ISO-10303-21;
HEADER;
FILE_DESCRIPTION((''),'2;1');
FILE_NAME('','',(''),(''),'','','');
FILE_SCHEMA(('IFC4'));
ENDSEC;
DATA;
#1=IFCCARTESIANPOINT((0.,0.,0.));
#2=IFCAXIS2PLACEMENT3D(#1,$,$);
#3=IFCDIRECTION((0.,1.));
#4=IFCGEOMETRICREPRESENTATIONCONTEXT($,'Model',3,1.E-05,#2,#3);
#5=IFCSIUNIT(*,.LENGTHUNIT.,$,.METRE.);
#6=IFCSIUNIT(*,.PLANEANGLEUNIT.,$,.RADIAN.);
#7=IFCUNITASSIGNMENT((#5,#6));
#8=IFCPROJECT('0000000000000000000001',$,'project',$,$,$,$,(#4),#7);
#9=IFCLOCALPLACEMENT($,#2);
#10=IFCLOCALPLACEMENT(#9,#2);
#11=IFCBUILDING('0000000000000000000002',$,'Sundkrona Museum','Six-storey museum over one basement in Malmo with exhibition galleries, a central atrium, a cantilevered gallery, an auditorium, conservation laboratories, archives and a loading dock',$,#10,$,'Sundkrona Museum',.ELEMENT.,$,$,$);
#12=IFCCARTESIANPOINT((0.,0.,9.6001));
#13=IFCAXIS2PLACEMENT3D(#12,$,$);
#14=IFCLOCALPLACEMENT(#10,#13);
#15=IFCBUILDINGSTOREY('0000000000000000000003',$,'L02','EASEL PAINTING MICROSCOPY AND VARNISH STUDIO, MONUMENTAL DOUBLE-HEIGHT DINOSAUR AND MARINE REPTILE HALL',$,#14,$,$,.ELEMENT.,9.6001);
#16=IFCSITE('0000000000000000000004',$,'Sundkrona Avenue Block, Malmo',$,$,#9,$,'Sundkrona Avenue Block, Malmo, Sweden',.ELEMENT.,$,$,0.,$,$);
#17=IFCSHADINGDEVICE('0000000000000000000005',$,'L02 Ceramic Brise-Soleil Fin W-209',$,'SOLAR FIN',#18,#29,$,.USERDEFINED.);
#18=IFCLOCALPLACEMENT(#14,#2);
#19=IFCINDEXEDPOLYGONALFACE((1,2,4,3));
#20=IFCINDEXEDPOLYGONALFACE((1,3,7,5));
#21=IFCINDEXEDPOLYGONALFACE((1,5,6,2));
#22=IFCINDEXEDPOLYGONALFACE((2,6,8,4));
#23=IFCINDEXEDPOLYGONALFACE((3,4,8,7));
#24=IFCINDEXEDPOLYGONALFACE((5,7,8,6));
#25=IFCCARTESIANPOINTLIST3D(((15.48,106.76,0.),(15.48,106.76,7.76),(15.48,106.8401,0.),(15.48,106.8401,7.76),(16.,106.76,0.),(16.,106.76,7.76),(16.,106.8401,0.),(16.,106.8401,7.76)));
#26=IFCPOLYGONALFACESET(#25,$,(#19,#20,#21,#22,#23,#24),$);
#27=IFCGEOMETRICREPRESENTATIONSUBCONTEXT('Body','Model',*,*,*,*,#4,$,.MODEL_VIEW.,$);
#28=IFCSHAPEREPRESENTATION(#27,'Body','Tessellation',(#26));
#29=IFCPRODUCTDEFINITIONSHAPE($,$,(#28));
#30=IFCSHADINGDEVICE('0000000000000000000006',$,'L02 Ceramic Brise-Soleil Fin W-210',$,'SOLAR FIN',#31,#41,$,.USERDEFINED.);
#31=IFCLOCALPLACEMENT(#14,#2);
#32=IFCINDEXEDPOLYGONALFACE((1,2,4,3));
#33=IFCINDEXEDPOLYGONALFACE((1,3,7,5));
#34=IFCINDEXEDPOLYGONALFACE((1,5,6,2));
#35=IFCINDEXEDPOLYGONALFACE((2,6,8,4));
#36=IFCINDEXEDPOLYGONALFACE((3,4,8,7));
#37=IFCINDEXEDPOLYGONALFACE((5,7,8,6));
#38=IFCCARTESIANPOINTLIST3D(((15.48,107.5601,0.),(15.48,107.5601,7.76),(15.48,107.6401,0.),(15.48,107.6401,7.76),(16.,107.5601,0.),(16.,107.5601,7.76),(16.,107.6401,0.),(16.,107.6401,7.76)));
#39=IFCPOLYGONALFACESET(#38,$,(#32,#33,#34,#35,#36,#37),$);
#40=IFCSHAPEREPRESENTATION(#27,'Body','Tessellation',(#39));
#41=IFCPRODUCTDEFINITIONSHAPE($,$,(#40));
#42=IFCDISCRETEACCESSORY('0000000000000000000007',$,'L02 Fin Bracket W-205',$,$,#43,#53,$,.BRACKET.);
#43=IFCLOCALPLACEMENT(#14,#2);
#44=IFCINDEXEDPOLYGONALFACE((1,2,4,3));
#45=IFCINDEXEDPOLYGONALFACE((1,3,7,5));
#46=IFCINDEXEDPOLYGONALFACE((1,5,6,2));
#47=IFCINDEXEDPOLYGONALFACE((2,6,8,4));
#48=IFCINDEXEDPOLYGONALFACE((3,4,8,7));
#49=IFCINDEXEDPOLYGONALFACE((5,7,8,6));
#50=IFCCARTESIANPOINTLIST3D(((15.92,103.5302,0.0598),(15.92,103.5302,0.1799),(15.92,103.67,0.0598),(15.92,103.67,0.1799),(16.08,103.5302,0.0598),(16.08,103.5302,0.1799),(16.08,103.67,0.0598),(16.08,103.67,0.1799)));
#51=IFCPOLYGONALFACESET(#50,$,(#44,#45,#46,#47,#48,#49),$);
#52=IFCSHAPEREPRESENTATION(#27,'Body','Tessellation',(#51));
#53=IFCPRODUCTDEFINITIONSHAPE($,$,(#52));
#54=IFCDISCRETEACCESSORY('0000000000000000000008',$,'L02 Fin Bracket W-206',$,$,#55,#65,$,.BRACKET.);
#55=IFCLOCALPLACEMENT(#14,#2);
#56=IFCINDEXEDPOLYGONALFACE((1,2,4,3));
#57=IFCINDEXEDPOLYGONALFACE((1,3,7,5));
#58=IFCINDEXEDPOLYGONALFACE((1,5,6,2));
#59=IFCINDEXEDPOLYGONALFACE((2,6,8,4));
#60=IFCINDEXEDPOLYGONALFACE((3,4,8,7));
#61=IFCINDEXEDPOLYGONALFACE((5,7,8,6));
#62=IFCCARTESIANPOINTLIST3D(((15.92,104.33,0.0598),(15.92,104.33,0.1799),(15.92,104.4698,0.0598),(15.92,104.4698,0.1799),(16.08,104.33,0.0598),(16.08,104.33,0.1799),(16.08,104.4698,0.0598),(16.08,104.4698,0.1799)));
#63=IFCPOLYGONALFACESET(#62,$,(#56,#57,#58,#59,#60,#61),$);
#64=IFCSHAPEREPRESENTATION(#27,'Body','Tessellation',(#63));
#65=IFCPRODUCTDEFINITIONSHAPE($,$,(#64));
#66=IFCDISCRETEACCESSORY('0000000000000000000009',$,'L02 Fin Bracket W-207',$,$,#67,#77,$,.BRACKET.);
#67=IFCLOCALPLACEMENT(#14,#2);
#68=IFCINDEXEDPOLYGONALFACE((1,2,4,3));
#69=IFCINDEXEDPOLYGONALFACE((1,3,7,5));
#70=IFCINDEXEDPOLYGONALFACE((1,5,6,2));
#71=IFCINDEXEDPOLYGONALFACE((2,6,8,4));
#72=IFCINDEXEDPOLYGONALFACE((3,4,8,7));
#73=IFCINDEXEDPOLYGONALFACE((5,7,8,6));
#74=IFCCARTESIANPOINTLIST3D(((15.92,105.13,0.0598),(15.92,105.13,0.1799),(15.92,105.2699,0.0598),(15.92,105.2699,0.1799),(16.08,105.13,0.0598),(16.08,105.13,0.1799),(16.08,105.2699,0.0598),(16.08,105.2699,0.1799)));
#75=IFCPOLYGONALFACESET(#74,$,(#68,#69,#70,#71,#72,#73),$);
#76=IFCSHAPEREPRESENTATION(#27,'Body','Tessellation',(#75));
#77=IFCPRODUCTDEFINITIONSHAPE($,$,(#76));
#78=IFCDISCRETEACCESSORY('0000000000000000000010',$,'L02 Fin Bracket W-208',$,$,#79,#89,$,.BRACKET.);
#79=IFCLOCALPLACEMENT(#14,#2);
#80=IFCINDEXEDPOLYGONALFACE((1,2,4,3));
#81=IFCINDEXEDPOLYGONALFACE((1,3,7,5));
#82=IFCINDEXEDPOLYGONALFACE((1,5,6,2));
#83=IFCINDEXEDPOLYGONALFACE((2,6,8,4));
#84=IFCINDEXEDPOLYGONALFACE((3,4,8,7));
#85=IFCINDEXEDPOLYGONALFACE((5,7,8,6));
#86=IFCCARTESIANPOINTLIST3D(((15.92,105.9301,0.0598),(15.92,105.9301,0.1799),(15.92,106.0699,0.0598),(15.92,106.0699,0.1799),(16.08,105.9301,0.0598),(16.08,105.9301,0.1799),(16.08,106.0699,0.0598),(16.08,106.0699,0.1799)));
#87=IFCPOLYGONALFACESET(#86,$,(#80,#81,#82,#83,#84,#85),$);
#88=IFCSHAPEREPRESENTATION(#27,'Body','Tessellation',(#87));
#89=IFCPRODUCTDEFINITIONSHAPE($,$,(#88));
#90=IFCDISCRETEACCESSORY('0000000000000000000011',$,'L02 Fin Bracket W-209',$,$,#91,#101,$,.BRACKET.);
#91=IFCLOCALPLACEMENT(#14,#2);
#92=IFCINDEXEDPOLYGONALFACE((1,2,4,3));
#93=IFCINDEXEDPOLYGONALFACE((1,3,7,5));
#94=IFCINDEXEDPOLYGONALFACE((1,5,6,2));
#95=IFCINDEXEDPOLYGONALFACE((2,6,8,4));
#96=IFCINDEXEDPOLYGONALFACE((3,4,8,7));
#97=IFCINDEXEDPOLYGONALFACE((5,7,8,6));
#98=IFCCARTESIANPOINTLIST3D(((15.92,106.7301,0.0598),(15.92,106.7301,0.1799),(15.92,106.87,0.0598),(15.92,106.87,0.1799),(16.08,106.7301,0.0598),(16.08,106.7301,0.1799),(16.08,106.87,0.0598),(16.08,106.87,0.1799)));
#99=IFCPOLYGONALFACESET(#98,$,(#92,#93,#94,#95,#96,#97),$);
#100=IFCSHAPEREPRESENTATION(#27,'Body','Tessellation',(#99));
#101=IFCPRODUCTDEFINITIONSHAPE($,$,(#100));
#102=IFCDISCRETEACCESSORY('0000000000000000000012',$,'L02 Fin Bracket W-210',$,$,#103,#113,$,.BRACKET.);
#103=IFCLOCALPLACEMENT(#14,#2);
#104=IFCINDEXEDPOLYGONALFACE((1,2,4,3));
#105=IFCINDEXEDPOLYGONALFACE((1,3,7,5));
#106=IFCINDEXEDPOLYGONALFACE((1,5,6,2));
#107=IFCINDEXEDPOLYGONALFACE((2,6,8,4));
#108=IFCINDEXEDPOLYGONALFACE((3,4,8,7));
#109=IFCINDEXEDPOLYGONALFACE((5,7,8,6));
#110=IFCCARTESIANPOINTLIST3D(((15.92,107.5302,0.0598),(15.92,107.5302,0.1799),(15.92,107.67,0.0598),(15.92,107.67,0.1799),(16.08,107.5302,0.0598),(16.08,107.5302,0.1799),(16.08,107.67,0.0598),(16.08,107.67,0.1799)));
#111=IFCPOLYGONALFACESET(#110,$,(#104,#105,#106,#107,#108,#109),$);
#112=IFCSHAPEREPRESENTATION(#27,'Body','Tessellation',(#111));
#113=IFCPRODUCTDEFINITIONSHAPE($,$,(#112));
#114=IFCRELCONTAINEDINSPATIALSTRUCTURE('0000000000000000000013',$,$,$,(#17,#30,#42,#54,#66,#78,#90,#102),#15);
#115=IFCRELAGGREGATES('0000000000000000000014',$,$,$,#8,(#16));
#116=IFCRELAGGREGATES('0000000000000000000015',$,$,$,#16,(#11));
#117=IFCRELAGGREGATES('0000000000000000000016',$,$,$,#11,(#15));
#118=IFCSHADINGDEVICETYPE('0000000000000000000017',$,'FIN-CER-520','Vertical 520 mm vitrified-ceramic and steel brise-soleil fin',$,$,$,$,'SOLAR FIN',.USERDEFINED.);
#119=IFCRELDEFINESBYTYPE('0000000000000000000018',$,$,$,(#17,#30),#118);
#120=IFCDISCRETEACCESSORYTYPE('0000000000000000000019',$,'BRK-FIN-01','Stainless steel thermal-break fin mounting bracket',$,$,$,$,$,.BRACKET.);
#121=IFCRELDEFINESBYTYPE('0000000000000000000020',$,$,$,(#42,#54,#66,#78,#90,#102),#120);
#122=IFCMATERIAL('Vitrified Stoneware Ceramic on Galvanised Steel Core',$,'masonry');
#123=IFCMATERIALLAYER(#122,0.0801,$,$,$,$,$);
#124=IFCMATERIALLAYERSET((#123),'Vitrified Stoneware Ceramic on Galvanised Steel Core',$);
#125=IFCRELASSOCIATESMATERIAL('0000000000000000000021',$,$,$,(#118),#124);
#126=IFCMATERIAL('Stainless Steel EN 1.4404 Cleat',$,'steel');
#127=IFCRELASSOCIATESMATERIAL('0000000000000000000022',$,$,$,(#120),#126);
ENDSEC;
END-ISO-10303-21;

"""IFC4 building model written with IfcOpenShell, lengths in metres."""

from ifc_helpers import new_model, si_unit, direction, frame, origin, origin_2d, place, context, subcontext, project, spatial, rectangle, extrude, material, layer, layer_set, type_object, element, save


model = new_model("IFC4")

# Units and contexts
model_context = context("Model", 3, precision=1e-05, world=origin(), true_north=direction((0.0, 1.0)))
body_context = subcontext(model_context, "Body", "Model", "MODEL_VIEW")
ifc_project = project(units=[si_unit("LENGTHUNIT", "METRE"), si_unit("PLANEANGLEUNIT", "RADIAN")], contexts=[model_context])

# Site, building, storey
site_placement = place(None, origin())
site = spatial("IfcSite", under=ifc_project, at=site_placement, Name="Sundkrona Avenue Block, Malmo", LongName="Sundkrona Avenue Block, Malmo, Sweden", CompositionType="ELEMENT", RefElevation=0.0)
building_placement = place(site_placement, origin())
building = spatial("IfcBuilding", under=site, at=building_placement, Name="Sundkrona Museum", Description="Six-storey museum over one basement in Malmo with exhibition galleries, a central atrium, a cantilevered gallery, an auditorium, conservation laboratories, archives and a loading dock", LongName="Sundkrona Museum", CompositionType="ELEMENT")
storey_placement = place(building_placement, frame((0.0, 0.0, 9.6001)))
storey = spatial("IfcBuildingStorey", under=building, at=storey_placement, Name="L02", Description="EASEL PAINTING MICROSCOPY AND VARNISH STUDIO, MONUMENTAL DOUBLE-HEIGHT DINOSAUR AND MARINE REPTILE HALL", CompositionType="ELEMENT", Elevation=9.6001)

# Shading devices
ifc_material_1 = material(Name="Vitrified Stoneware Ceramic on Galvanised Steel Core", Category="masonry")
ifc_layer_1 = layer(ifc_material_1, 0.0801)
ifc_layer_set_1 = layer_set([ifc_layer_1], Name="Vitrified Stoneware Ceramic on Galvanised Steel Core")
shading_device_type = type_object("IfcShadingDeviceType", Name="FIN-CER-520", Description="Vertical 520 mm vitrified-ceramic and steel brise-soleil fin", ElementType="SOLAR FIN", PredefinedType="USERDEFINED", material=ifc_layer_set_1)
for number, where, z_axis, x_axis, name in (
    (1, (15.74, 106.8, 0.0), (0.0, 0.0, 1.0), (1.0, 0.0, 0.0), "L02 Ceramic Brise-Soleil Fin W-209"),
    (2, (15.74, 107.6001, 0.0), (0.0, 0.0, 1.0), (1.0, 0.0, 0.0), "L02 Ceramic Brise-Soleil Fin W-210"),
):
    element("IfcShadingDevice", number, at=place(storey_placement, frame(where, z_axis=z_axis, x_axis=x_axis)), inside=storey, type_object=shading_device_type, Name=name, ObjectType="SOLAR FIN", PredefinedType="USERDEFINED", context=body_context, shape_type="SweptSolid", body=[
        extrude(rectangle(XDim=0.52, YDim=0.0801, at=origin_2d()), origin(), (0.0, 0.0, 1.0), 7.76),
    ])

# Discrete accessories
ifc_material_2 = material(Name="Stainless Steel EN 1.4404 Cleat", Category="steel")
discrete_accessory_type = type_object("IfcDiscreteAccessoryType", Name="BRK-FIN-01", Description="Stainless steel thermal-break fin mounting bracket", PredefinedType="BRACKET", material=ifc_material_2)
for number, where, z_axis, x_axis, name in (
    (3, (16.0, 103.6001, 0.0598), (0.0, 0.0, 1.0), (1.0, 0.0, 0.0), "L02 Fin Bracket W-205"),
    (4, (16.0, 104.3999, 0.0598), (0.0, 0.0, 1.0), (1.0, 0.0, 0.0), "L02 Fin Bracket W-206"),
    (5, (16.0, 105.2, 0.0598), (0.0, 0.0, 1.0), (1.0, 0.0, 0.0), "L02 Fin Bracket W-207"),
    (6, (16.0, 106.0, 0.0598), (0.0, 0.0, 1.0), (1.0, 0.0, 0.0), "L02 Fin Bracket W-208"),
    (7, (16.0, 106.8, 0.0598), (0.0, 0.0, 1.0), (1.0, 0.0, 0.0), "L02 Fin Bracket W-209"),
    (8, (16.0, 107.6001, 0.0598), (0.0, 0.0, 1.0), (1.0, 0.0, 0.0), "L02 Fin Bracket W-210"),
):
    element("IfcDiscreteAccessory", number, at=place(storey_placement, frame(where, z_axis=z_axis, x_axis=x_axis)), inside=storey, type_object=discrete_accessory_type, Name=name, PredefinedType="BRACKET", context=body_context, shape_type="SweptSolid", body=[
        extrude(rectangle(XDim=0.1599, YDim=0.1399, at=origin_2d()), origin(), (0.0, 0.0, 1.0), 0.1201),
    ])

save(model, "model.ifc")
